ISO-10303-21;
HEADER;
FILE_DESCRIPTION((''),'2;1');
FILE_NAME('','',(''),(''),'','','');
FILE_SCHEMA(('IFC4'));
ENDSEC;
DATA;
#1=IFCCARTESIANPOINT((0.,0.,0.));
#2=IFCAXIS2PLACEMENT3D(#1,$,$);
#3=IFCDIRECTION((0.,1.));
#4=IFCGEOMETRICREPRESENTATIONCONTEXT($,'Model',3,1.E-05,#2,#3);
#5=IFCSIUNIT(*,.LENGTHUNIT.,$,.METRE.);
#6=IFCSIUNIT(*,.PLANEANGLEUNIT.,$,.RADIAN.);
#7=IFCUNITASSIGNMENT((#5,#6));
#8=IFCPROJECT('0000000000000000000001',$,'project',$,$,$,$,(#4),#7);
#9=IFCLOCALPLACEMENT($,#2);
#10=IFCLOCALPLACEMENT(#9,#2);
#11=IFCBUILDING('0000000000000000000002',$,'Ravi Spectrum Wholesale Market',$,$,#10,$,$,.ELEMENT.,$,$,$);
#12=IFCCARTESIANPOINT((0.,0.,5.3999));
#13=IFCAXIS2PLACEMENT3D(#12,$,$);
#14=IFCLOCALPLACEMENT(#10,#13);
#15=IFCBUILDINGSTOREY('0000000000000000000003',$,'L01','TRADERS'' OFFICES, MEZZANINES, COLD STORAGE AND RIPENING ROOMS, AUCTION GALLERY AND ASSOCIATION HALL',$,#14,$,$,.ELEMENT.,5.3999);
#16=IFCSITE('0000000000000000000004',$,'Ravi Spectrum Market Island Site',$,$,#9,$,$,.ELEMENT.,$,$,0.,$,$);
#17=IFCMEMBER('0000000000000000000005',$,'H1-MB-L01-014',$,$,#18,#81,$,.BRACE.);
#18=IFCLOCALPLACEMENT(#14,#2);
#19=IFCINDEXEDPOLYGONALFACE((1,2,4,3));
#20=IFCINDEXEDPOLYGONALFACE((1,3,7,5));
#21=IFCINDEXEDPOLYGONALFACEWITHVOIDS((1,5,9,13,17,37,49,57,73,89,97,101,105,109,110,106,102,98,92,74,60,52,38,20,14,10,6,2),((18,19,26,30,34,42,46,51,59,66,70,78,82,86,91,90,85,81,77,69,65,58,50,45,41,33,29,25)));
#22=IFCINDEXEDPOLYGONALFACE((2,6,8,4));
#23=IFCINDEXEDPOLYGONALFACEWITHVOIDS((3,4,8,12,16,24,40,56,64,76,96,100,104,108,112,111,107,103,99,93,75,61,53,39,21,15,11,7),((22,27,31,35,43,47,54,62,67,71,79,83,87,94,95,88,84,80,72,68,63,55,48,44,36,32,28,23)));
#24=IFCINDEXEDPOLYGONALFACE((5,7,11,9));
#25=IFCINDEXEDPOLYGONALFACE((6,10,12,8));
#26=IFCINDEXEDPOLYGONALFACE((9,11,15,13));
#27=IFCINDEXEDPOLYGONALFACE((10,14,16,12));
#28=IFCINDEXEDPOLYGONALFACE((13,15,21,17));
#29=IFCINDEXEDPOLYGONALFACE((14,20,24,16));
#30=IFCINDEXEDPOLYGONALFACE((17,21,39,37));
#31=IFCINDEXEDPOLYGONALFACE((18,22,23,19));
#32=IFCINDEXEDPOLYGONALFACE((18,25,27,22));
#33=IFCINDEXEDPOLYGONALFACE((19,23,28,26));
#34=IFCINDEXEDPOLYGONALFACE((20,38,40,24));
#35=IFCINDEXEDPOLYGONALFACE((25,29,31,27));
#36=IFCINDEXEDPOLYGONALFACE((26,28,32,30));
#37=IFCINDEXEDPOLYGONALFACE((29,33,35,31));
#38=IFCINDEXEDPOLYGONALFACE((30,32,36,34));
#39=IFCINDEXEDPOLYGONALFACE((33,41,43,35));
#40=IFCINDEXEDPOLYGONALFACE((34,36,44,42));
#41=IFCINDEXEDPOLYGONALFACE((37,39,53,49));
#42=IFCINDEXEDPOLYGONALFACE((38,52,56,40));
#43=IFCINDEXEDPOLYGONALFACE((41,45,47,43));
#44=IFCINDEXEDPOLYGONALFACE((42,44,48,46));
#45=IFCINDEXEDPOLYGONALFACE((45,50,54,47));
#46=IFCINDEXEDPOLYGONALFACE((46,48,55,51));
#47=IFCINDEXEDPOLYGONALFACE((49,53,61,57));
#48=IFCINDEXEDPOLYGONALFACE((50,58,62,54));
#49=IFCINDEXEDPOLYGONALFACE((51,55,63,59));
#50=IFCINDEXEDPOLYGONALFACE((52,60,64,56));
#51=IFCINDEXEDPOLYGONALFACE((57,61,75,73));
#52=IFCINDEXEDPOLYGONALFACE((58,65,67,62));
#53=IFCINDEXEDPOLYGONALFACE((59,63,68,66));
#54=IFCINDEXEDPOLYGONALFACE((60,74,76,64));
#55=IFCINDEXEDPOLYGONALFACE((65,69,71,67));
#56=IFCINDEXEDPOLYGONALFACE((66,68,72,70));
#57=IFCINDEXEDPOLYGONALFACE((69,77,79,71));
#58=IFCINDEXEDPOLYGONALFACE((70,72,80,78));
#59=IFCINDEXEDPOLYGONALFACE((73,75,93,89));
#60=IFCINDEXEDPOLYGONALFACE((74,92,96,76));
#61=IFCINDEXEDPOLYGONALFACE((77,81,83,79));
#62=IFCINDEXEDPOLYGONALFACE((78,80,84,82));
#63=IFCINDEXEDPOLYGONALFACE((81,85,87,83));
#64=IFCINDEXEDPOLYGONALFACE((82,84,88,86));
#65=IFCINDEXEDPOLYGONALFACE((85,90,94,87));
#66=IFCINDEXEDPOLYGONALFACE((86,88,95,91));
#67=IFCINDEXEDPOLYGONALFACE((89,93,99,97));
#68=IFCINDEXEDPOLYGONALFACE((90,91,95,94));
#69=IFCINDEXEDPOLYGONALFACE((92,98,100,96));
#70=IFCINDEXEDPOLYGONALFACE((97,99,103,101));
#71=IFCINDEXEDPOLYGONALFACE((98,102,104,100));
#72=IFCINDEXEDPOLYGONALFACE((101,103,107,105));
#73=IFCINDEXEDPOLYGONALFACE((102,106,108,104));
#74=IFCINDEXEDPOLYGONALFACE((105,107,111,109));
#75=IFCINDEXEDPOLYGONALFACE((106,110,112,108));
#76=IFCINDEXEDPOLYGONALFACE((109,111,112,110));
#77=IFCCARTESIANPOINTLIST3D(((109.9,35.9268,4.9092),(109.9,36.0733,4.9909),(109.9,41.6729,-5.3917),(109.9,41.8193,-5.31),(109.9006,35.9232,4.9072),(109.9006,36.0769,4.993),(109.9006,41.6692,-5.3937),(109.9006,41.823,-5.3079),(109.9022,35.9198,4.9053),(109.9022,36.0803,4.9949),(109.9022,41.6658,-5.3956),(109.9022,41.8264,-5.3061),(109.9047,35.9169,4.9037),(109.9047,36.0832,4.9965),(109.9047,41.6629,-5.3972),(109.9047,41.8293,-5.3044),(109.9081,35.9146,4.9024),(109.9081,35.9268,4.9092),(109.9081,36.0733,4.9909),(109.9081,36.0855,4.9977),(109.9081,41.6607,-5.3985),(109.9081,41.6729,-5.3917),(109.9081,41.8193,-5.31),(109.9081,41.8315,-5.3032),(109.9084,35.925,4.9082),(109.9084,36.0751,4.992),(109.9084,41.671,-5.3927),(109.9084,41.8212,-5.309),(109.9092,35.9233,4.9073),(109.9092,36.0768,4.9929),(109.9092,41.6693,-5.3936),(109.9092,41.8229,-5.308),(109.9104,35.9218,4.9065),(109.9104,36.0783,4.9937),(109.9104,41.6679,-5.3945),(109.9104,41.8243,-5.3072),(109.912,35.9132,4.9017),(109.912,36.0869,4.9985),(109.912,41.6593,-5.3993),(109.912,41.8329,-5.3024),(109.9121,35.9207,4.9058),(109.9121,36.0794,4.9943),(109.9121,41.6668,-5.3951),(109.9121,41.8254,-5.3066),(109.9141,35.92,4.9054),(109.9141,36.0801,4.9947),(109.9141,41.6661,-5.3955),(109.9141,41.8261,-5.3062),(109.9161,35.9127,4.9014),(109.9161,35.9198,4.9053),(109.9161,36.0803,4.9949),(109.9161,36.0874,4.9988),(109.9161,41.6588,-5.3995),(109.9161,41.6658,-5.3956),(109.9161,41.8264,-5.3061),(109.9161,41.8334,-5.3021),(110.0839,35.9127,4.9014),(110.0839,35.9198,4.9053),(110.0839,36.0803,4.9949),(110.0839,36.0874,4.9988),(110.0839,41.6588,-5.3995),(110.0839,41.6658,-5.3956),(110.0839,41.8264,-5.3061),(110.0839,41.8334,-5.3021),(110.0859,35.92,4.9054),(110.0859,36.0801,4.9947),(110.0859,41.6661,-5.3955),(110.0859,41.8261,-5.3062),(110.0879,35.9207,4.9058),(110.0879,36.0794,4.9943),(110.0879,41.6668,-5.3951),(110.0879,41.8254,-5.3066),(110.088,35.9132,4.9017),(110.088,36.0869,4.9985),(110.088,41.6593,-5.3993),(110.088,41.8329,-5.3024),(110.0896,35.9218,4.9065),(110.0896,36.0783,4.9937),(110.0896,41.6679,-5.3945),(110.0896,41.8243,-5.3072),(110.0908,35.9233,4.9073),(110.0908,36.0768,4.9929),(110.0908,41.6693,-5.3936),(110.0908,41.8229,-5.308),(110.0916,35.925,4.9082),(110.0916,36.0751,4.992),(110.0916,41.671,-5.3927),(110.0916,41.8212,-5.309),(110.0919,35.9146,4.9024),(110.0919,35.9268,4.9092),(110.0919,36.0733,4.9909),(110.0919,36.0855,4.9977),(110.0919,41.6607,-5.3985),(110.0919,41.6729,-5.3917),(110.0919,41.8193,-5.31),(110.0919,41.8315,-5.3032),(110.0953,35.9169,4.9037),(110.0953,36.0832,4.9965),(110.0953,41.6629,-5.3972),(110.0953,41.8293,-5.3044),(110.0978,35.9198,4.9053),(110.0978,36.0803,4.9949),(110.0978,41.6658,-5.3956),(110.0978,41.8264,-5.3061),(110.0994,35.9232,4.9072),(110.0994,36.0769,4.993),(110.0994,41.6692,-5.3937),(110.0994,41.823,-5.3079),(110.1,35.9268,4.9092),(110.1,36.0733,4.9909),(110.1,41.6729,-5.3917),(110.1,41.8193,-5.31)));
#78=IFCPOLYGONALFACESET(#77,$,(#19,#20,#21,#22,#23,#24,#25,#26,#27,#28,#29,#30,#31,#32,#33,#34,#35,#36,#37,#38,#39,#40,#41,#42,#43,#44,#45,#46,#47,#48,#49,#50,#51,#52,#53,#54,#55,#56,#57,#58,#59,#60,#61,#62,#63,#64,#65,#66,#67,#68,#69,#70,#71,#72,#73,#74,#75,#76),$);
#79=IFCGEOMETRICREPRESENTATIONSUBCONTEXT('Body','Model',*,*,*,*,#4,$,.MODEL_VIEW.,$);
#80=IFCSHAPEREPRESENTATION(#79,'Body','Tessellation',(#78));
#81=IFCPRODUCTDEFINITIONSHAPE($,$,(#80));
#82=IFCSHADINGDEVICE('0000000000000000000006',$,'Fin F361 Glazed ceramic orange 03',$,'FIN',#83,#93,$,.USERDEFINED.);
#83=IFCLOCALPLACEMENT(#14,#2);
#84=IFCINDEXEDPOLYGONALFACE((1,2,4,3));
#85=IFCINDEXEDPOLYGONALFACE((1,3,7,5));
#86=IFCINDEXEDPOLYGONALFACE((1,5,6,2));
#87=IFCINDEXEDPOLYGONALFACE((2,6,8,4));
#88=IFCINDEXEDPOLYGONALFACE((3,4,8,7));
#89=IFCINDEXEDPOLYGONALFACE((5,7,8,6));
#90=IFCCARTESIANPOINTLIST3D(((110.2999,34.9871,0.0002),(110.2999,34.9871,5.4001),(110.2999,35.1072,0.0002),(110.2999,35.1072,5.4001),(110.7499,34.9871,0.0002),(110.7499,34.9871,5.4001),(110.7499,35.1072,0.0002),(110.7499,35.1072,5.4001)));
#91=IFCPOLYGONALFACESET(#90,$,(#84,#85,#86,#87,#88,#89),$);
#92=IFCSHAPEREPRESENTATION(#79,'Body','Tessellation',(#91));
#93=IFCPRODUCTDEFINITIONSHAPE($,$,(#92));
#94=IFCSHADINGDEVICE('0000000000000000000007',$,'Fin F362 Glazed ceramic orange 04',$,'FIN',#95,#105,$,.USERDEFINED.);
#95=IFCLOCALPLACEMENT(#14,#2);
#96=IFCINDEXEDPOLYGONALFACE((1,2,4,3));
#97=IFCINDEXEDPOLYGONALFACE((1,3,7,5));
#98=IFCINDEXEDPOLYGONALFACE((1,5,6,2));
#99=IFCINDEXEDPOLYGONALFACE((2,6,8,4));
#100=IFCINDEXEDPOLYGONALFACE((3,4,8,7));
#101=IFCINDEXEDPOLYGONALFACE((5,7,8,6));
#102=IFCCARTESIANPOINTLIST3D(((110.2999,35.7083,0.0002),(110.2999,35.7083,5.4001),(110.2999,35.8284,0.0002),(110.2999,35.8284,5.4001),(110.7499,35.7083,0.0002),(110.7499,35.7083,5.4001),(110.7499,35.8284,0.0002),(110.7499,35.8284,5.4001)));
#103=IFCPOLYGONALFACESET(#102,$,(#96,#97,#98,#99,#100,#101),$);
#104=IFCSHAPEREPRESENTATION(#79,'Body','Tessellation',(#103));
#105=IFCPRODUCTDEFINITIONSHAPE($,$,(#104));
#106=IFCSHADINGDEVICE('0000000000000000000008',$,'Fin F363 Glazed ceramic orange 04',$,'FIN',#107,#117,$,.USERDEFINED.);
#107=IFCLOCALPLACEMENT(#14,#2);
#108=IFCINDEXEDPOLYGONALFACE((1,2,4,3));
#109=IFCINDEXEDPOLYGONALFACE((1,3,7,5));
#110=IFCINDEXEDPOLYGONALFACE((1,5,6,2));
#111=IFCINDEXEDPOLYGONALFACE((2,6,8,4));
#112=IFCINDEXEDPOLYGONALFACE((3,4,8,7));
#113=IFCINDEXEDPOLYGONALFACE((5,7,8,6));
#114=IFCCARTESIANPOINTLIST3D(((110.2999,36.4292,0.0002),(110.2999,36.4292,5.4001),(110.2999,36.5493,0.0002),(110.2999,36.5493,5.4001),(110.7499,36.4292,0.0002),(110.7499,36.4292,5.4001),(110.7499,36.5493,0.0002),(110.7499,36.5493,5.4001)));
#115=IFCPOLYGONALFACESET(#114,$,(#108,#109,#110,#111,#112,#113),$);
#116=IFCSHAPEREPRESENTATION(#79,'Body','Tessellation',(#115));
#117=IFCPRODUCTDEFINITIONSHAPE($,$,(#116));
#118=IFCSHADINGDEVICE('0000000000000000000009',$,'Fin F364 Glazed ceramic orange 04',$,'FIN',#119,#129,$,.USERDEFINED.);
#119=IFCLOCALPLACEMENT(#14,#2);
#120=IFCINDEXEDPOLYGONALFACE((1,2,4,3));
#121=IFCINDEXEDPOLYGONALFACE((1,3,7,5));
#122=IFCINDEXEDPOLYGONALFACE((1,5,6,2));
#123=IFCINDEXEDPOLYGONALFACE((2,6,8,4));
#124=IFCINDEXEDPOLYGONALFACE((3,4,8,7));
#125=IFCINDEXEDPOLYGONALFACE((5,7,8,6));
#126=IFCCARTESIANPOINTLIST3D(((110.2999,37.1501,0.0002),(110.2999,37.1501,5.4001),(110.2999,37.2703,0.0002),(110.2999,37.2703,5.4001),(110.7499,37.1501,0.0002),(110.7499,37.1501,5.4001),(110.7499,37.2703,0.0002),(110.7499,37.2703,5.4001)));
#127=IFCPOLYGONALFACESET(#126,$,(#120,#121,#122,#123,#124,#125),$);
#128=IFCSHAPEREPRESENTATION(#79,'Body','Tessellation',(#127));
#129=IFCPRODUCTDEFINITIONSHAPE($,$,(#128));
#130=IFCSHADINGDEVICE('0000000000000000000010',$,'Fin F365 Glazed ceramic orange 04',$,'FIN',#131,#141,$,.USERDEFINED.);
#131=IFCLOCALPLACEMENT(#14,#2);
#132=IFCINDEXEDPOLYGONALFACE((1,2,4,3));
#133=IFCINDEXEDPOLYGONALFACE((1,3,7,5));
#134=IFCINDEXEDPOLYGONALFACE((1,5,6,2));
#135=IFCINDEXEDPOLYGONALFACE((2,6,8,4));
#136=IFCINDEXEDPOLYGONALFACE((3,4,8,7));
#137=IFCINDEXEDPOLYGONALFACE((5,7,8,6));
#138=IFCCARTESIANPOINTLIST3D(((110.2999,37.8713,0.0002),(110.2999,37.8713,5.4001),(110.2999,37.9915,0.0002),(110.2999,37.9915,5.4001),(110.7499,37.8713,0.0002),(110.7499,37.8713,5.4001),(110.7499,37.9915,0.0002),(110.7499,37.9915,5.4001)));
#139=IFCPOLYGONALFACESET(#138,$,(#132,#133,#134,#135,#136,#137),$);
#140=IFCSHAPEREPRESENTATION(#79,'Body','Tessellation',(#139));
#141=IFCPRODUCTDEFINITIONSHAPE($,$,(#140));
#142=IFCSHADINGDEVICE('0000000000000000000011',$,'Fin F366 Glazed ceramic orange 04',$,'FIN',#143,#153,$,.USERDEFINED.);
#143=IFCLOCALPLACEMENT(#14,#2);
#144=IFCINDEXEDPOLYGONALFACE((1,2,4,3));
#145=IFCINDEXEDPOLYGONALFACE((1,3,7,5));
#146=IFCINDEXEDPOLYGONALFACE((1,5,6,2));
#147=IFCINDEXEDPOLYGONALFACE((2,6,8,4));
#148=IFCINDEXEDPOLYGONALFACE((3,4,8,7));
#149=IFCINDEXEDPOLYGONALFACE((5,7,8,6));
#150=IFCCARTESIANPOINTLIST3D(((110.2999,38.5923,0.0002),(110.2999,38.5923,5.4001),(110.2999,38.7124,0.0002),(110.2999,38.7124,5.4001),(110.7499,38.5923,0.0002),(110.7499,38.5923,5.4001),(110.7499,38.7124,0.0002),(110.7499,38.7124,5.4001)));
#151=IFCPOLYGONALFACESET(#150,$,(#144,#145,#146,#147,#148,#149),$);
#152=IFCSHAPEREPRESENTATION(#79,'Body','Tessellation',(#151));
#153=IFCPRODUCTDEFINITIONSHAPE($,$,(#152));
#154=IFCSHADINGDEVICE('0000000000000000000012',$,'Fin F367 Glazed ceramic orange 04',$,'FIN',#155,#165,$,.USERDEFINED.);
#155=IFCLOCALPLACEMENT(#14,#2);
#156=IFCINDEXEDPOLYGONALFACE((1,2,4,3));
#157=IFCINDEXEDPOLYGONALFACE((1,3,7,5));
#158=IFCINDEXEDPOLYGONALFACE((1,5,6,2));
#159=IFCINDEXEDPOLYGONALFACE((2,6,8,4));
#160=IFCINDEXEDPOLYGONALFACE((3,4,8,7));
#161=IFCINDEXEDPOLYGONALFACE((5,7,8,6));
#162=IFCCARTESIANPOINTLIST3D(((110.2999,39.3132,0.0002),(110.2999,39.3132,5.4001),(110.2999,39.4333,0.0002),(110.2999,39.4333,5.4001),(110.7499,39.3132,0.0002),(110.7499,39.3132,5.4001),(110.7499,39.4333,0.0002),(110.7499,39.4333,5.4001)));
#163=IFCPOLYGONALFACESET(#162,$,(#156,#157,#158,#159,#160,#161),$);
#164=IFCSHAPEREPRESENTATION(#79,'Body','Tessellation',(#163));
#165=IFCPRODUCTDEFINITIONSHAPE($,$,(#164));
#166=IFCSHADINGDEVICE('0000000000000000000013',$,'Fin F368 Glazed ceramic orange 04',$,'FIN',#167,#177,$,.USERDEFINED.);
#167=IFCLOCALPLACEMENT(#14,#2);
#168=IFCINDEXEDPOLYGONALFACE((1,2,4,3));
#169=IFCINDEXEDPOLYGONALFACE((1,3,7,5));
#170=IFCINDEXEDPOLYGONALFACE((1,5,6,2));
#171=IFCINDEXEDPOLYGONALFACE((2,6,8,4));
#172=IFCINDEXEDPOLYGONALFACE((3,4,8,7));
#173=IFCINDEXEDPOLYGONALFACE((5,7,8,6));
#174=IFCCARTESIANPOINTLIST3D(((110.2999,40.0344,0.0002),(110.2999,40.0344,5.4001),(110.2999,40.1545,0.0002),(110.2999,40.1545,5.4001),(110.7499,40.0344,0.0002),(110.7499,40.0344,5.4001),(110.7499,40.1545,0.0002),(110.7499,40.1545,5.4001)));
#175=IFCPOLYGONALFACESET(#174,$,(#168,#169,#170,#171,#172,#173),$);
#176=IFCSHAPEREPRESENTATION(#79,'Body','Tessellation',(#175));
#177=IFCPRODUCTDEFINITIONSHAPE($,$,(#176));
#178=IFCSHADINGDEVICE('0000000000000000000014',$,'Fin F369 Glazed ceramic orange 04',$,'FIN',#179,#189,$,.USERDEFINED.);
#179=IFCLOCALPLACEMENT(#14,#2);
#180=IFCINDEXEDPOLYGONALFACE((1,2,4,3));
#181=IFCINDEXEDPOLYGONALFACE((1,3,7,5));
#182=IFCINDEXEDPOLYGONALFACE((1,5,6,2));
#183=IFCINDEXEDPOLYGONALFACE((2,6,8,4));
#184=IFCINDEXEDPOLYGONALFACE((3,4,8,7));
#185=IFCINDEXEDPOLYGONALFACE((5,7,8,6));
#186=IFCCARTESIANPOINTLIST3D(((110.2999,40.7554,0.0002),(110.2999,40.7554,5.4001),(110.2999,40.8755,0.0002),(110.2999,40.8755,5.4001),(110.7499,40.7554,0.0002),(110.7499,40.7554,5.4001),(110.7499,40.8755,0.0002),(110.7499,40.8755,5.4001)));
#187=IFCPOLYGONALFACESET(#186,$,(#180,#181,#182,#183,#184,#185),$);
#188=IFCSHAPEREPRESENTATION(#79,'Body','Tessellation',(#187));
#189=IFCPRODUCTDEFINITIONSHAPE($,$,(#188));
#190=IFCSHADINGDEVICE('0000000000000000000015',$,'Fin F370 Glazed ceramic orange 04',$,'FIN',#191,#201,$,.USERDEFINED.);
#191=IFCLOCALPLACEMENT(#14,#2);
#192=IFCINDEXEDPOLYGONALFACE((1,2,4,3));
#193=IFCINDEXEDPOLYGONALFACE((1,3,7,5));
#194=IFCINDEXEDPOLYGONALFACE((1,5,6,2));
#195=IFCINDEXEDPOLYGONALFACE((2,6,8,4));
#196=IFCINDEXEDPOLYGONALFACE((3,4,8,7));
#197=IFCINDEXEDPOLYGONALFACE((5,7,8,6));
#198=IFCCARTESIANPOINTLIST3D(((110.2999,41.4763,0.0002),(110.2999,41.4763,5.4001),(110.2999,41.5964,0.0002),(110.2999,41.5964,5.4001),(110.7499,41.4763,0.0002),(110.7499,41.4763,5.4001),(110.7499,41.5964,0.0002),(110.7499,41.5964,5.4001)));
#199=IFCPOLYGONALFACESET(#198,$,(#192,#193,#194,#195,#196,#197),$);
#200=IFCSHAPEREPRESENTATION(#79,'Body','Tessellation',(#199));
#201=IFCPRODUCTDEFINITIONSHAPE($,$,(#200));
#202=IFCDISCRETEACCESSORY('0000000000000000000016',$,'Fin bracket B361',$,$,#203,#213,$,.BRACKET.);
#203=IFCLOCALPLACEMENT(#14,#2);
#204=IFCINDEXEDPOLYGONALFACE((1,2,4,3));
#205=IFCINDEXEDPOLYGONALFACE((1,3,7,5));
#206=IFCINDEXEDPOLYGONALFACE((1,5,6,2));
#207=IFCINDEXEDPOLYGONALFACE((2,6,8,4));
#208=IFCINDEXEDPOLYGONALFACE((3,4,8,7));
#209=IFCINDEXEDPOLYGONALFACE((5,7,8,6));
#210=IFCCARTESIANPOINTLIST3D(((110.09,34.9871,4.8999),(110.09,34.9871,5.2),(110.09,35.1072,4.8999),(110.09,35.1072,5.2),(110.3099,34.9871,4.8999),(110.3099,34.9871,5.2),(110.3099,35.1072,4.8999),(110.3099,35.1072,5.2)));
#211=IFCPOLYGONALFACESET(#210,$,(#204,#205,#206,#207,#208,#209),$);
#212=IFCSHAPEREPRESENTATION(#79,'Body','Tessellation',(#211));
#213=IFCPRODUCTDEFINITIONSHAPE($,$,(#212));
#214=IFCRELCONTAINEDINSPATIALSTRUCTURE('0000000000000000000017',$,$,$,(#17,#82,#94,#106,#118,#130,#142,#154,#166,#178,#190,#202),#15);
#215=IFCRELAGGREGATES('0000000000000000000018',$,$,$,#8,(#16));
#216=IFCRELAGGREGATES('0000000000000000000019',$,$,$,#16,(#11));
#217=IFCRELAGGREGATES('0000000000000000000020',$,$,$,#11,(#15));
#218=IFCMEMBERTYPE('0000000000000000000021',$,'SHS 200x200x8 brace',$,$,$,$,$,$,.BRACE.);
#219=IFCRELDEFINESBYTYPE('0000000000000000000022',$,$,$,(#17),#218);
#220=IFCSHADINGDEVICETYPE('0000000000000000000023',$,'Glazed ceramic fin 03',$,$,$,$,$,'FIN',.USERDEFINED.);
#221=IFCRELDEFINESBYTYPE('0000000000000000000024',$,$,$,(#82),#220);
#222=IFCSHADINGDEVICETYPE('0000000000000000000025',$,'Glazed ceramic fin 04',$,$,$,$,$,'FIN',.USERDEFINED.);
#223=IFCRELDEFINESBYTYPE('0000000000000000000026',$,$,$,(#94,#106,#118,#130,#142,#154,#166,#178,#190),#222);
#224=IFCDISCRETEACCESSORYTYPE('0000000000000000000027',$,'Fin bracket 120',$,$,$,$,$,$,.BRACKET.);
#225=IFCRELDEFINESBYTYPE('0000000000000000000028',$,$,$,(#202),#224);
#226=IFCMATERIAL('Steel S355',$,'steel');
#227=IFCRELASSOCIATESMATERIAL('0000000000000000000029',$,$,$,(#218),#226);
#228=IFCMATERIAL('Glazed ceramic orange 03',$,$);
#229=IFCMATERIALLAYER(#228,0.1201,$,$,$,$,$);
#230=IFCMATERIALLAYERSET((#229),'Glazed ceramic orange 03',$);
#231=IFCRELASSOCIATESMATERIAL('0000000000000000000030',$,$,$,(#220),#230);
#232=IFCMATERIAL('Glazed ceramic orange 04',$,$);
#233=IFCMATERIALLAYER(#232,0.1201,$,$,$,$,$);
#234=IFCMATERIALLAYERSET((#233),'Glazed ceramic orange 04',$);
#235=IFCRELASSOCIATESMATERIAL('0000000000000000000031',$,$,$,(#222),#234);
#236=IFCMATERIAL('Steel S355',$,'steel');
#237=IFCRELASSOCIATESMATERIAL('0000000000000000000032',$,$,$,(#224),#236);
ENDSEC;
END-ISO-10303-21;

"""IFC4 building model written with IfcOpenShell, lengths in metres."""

from ifc_helpers import new_model, si_unit, direction, frame, origin, origin_2d, place, context, subcontext, project, spatial, rectangle, hollow_rectangle, extrude, material, layer, layer_set, material_profile, profile_set, type_object, element, save


model = new_model("IFC4")

# Units and contexts
model_context = context("Model", 3, precision=1e-05, world=origin(), true_north=direction((0.0, 1.0)))
body_context = subcontext(model_context, "Body", "Model", "MODEL_VIEW")
ifc_project = project(units=[si_unit("LENGTHUNIT", "METRE"), si_unit("PLANEANGLEUNIT", "RADIAN")], contexts=[model_context])

# Site, building, storey
site_placement = place(None, origin())
site = spatial("IfcSite", under=ifc_project, at=site_placement, Name="Ravi Spectrum Market Island Site", CompositionType="ELEMENT", RefElevation=0.0)
building_placement = place(site_placement, origin())
building = spatial("IfcBuilding", under=site, at=building_placement, Name="Ravi Spectrum Wholesale Market", CompositionType="ELEMENT")
storey_placement = place(building_placement, frame((0.0, 0.0, 5.3999)))
storey = spatial("IfcBuildingStorey", under=building, at=storey_placement, Name="L01", Description="TRADERS' OFFICES, MEZZANINES, COLD STORAGE AND RIPENING ROOMS, AUCTION GALLERY AND ASSOCIATION HALL", CompositionType="ELEMENT", Elevation=5.3999)

# Member
ifc_material_1 = material(Name="Steel S355", Category="steel")
ifc_material_profile_1 = material_profile(ifc_material_1, hollow_rectangle(XDim=0.2, YDim=0.2, WallThickness=0.0081, InnerFilletRadius=0.0081, OuterFilletRadius=0.0161, at=origin_2d()))
ifc_profile_set_1 = profile_set([ifc_material_profile_1], Name="Steel S355")
member_type = type_object("IfcMemberType", Name="SHS 200x200x8 brace", PredefinedType="BRACE", material=ifc_profile_set_1)
member_placement = place(storey_placement, frame((110.0, 41.7461, -5.3508), z_axis=(0.0, -0.487152, 0.873317), x_axis=(1.0, 0.0, 0.0)))
element("IfcMember", 1, at=member_placement, inside=storey, type_object=member_type, Name="H1-MB-L01-014", PredefinedType="BRACE", context=body_context, shape_type="SweptSolid", body=[
    extrude(hollow_rectangle(XDim=0.2, YDim=0.2, WallThickness=0.0081, InnerFilletRadius=0.0081, OuterFilletRadius=0.0161, at=origin_2d()), origin(), (0.0, 0.0, 1.0), 11.7952),
])

# Shading devices
ifc_material_2 = material(Name="Glazed ceramic orange 03")
ifc_layer_1 = layer(ifc_material_2, 0.1201)
ifc_layer_set_1 = layer_set([ifc_layer_1], Name="Glazed ceramic orange 03")
shading_device_type_1 = type_object("IfcShadingDeviceType", Name="Glazed ceramic fin 03", ElementType="FIN", PredefinedType="USERDEFINED", material=ifc_layer_set_1)
shading_device_placement = place(storey_placement, frame((110.5249, 35.0471, 0.0002), z_axis=(0.0, 0.0, 1.0), x_axis=(0.0, 1.0, 0.0)))
element("IfcShadingDevice", 2, at=shading_device_placement, inside=storey, type_object=shading_device_type_1, Name="Fin F361 Glazed ceramic orange 03", ObjectType="FIN", PredefinedType="USERDEFINED", context=body_context, shape_type="SweptSolid", body=[
    extrude(rectangle(XDim=0.1201, YDim=0.45, at=origin_2d()), origin(), (0.0, 0.0, 1.0), 5.3999),
])
ifc_material_3 = material(Name="Glazed ceramic orange 04")
ifc_layer_2 = layer(ifc_material_3, 0.1201)
ifc_layer_set_2 = layer_set([ifc_layer_2], Name="Glazed ceramic orange 04")
shading_device_type_2 = type_object("IfcShadingDeviceType", Name="Glazed ceramic fin 04", ElementType="FIN", PredefinedType="USERDEFINED", material=ifc_layer_set_2)
for number, where, z_axis, x_axis, name in (
    (3, (110.5249, 35.7683, 0.0002), (0.0, 0.0, 1.0), (0.0, 1.0, 0.0), "Fin F362 Glazed ceramic orange 04"),
    (4, (110.5249, 36.4893, 0.0002), (0.0, 0.0, 1.0), (0.0, 1.0, 0.0), "Fin F363 Glazed ceramic orange 04"),
    (5, (110.5249, 37.2102, 0.0002), (0.0, 0.0, 1.0), (0.0, 1.0, 0.0), "Fin F364 Glazed ceramic orange 04"),
    (6, (110.5249, 37.9314, 0.0002), (0.0, 0.0, 1.0), (0.0, 1.0, 0.0), "Fin F365 Glazed ceramic orange 04"),
    (7, (110.5249, 38.6523, 0.0002), (0.0, 0.0, 1.0), (0.0, 1.0, 0.0), "Fin F366 Glazed ceramic orange 04"),
    (8, (110.5249, 39.3733, 0.0002), (0.0, 0.0, 1.0), (0.0, 1.0, 0.0), "Fin F367 Glazed ceramic orange 04"),
    (9, (110.5249, 40.0945, 0.0002), (0.0, 0.0, 1.0), (0.0, 1.0, 0.0), "Fin F368 Glazed ceramic orange 04"),
    (10, (110.5249, 40.8154, 0.0002), (0.0, 0.0, 1.0), (0.0, 1.0, 0.0), "Fin F369 Glazed ceramic orange 04"),
    (11, (110.5249, 41.5364, 0.0002), (0.0, 0.0, 1.0), (0.0, 1.0, 0.0), "Fin F370 Glazed ceramic orange 04"),
):
    element("IfcShadingDevice", number, at=place(storey_placement, frame(where, z_axis=z_axis, x_axis=x_axis)), inside=storey, type_object=shading_device_type_2, Name=name, ObjectType="FIN", PredefinedType="USERDEFINED", context=body_context, shape_type="SweptSolid", body=[
        extrude(rectangle(XDim=0.1201, YDim=0.45, at=origin_2d()), origin(), (0.0, 0.0, 1.0), 5.3999),
    ])

# Discrete accessory
ifc_material_4 = material(Name="Steel S355", Category="steel")
discrete_accessory_type_1 = type_object("IfcDiscreteAccessoryType", Name="Fin bracket 120", PredefinedType="BRACKET", material=ifc_material_4)
for number, where, z_axis, x_axis, name in (
    (12, (110.2, 35.0471, 4.8999), (0.0, 0.0, 1.0), (0.0, 1.0, 0.0), "Fin bracket B361"),
):
    element("IfcDiscreteAccessory", number, at=place(storey_placement, frame(where, z_axis=z_axis, x_axis=x_axis)), inside=storey, type_object=discrete_accessory_type_1, Name=name, PredefinedType="BRACKET", context=body_context, shape_type="SweptSolid", body=[
        extrude(rectangle(XDim=0.1201, YDim=0.22, at=origin_2d()), origin(), (0.0, 0.0, 1.0), 0.3),
    ])

save(model, "model.ifc")
